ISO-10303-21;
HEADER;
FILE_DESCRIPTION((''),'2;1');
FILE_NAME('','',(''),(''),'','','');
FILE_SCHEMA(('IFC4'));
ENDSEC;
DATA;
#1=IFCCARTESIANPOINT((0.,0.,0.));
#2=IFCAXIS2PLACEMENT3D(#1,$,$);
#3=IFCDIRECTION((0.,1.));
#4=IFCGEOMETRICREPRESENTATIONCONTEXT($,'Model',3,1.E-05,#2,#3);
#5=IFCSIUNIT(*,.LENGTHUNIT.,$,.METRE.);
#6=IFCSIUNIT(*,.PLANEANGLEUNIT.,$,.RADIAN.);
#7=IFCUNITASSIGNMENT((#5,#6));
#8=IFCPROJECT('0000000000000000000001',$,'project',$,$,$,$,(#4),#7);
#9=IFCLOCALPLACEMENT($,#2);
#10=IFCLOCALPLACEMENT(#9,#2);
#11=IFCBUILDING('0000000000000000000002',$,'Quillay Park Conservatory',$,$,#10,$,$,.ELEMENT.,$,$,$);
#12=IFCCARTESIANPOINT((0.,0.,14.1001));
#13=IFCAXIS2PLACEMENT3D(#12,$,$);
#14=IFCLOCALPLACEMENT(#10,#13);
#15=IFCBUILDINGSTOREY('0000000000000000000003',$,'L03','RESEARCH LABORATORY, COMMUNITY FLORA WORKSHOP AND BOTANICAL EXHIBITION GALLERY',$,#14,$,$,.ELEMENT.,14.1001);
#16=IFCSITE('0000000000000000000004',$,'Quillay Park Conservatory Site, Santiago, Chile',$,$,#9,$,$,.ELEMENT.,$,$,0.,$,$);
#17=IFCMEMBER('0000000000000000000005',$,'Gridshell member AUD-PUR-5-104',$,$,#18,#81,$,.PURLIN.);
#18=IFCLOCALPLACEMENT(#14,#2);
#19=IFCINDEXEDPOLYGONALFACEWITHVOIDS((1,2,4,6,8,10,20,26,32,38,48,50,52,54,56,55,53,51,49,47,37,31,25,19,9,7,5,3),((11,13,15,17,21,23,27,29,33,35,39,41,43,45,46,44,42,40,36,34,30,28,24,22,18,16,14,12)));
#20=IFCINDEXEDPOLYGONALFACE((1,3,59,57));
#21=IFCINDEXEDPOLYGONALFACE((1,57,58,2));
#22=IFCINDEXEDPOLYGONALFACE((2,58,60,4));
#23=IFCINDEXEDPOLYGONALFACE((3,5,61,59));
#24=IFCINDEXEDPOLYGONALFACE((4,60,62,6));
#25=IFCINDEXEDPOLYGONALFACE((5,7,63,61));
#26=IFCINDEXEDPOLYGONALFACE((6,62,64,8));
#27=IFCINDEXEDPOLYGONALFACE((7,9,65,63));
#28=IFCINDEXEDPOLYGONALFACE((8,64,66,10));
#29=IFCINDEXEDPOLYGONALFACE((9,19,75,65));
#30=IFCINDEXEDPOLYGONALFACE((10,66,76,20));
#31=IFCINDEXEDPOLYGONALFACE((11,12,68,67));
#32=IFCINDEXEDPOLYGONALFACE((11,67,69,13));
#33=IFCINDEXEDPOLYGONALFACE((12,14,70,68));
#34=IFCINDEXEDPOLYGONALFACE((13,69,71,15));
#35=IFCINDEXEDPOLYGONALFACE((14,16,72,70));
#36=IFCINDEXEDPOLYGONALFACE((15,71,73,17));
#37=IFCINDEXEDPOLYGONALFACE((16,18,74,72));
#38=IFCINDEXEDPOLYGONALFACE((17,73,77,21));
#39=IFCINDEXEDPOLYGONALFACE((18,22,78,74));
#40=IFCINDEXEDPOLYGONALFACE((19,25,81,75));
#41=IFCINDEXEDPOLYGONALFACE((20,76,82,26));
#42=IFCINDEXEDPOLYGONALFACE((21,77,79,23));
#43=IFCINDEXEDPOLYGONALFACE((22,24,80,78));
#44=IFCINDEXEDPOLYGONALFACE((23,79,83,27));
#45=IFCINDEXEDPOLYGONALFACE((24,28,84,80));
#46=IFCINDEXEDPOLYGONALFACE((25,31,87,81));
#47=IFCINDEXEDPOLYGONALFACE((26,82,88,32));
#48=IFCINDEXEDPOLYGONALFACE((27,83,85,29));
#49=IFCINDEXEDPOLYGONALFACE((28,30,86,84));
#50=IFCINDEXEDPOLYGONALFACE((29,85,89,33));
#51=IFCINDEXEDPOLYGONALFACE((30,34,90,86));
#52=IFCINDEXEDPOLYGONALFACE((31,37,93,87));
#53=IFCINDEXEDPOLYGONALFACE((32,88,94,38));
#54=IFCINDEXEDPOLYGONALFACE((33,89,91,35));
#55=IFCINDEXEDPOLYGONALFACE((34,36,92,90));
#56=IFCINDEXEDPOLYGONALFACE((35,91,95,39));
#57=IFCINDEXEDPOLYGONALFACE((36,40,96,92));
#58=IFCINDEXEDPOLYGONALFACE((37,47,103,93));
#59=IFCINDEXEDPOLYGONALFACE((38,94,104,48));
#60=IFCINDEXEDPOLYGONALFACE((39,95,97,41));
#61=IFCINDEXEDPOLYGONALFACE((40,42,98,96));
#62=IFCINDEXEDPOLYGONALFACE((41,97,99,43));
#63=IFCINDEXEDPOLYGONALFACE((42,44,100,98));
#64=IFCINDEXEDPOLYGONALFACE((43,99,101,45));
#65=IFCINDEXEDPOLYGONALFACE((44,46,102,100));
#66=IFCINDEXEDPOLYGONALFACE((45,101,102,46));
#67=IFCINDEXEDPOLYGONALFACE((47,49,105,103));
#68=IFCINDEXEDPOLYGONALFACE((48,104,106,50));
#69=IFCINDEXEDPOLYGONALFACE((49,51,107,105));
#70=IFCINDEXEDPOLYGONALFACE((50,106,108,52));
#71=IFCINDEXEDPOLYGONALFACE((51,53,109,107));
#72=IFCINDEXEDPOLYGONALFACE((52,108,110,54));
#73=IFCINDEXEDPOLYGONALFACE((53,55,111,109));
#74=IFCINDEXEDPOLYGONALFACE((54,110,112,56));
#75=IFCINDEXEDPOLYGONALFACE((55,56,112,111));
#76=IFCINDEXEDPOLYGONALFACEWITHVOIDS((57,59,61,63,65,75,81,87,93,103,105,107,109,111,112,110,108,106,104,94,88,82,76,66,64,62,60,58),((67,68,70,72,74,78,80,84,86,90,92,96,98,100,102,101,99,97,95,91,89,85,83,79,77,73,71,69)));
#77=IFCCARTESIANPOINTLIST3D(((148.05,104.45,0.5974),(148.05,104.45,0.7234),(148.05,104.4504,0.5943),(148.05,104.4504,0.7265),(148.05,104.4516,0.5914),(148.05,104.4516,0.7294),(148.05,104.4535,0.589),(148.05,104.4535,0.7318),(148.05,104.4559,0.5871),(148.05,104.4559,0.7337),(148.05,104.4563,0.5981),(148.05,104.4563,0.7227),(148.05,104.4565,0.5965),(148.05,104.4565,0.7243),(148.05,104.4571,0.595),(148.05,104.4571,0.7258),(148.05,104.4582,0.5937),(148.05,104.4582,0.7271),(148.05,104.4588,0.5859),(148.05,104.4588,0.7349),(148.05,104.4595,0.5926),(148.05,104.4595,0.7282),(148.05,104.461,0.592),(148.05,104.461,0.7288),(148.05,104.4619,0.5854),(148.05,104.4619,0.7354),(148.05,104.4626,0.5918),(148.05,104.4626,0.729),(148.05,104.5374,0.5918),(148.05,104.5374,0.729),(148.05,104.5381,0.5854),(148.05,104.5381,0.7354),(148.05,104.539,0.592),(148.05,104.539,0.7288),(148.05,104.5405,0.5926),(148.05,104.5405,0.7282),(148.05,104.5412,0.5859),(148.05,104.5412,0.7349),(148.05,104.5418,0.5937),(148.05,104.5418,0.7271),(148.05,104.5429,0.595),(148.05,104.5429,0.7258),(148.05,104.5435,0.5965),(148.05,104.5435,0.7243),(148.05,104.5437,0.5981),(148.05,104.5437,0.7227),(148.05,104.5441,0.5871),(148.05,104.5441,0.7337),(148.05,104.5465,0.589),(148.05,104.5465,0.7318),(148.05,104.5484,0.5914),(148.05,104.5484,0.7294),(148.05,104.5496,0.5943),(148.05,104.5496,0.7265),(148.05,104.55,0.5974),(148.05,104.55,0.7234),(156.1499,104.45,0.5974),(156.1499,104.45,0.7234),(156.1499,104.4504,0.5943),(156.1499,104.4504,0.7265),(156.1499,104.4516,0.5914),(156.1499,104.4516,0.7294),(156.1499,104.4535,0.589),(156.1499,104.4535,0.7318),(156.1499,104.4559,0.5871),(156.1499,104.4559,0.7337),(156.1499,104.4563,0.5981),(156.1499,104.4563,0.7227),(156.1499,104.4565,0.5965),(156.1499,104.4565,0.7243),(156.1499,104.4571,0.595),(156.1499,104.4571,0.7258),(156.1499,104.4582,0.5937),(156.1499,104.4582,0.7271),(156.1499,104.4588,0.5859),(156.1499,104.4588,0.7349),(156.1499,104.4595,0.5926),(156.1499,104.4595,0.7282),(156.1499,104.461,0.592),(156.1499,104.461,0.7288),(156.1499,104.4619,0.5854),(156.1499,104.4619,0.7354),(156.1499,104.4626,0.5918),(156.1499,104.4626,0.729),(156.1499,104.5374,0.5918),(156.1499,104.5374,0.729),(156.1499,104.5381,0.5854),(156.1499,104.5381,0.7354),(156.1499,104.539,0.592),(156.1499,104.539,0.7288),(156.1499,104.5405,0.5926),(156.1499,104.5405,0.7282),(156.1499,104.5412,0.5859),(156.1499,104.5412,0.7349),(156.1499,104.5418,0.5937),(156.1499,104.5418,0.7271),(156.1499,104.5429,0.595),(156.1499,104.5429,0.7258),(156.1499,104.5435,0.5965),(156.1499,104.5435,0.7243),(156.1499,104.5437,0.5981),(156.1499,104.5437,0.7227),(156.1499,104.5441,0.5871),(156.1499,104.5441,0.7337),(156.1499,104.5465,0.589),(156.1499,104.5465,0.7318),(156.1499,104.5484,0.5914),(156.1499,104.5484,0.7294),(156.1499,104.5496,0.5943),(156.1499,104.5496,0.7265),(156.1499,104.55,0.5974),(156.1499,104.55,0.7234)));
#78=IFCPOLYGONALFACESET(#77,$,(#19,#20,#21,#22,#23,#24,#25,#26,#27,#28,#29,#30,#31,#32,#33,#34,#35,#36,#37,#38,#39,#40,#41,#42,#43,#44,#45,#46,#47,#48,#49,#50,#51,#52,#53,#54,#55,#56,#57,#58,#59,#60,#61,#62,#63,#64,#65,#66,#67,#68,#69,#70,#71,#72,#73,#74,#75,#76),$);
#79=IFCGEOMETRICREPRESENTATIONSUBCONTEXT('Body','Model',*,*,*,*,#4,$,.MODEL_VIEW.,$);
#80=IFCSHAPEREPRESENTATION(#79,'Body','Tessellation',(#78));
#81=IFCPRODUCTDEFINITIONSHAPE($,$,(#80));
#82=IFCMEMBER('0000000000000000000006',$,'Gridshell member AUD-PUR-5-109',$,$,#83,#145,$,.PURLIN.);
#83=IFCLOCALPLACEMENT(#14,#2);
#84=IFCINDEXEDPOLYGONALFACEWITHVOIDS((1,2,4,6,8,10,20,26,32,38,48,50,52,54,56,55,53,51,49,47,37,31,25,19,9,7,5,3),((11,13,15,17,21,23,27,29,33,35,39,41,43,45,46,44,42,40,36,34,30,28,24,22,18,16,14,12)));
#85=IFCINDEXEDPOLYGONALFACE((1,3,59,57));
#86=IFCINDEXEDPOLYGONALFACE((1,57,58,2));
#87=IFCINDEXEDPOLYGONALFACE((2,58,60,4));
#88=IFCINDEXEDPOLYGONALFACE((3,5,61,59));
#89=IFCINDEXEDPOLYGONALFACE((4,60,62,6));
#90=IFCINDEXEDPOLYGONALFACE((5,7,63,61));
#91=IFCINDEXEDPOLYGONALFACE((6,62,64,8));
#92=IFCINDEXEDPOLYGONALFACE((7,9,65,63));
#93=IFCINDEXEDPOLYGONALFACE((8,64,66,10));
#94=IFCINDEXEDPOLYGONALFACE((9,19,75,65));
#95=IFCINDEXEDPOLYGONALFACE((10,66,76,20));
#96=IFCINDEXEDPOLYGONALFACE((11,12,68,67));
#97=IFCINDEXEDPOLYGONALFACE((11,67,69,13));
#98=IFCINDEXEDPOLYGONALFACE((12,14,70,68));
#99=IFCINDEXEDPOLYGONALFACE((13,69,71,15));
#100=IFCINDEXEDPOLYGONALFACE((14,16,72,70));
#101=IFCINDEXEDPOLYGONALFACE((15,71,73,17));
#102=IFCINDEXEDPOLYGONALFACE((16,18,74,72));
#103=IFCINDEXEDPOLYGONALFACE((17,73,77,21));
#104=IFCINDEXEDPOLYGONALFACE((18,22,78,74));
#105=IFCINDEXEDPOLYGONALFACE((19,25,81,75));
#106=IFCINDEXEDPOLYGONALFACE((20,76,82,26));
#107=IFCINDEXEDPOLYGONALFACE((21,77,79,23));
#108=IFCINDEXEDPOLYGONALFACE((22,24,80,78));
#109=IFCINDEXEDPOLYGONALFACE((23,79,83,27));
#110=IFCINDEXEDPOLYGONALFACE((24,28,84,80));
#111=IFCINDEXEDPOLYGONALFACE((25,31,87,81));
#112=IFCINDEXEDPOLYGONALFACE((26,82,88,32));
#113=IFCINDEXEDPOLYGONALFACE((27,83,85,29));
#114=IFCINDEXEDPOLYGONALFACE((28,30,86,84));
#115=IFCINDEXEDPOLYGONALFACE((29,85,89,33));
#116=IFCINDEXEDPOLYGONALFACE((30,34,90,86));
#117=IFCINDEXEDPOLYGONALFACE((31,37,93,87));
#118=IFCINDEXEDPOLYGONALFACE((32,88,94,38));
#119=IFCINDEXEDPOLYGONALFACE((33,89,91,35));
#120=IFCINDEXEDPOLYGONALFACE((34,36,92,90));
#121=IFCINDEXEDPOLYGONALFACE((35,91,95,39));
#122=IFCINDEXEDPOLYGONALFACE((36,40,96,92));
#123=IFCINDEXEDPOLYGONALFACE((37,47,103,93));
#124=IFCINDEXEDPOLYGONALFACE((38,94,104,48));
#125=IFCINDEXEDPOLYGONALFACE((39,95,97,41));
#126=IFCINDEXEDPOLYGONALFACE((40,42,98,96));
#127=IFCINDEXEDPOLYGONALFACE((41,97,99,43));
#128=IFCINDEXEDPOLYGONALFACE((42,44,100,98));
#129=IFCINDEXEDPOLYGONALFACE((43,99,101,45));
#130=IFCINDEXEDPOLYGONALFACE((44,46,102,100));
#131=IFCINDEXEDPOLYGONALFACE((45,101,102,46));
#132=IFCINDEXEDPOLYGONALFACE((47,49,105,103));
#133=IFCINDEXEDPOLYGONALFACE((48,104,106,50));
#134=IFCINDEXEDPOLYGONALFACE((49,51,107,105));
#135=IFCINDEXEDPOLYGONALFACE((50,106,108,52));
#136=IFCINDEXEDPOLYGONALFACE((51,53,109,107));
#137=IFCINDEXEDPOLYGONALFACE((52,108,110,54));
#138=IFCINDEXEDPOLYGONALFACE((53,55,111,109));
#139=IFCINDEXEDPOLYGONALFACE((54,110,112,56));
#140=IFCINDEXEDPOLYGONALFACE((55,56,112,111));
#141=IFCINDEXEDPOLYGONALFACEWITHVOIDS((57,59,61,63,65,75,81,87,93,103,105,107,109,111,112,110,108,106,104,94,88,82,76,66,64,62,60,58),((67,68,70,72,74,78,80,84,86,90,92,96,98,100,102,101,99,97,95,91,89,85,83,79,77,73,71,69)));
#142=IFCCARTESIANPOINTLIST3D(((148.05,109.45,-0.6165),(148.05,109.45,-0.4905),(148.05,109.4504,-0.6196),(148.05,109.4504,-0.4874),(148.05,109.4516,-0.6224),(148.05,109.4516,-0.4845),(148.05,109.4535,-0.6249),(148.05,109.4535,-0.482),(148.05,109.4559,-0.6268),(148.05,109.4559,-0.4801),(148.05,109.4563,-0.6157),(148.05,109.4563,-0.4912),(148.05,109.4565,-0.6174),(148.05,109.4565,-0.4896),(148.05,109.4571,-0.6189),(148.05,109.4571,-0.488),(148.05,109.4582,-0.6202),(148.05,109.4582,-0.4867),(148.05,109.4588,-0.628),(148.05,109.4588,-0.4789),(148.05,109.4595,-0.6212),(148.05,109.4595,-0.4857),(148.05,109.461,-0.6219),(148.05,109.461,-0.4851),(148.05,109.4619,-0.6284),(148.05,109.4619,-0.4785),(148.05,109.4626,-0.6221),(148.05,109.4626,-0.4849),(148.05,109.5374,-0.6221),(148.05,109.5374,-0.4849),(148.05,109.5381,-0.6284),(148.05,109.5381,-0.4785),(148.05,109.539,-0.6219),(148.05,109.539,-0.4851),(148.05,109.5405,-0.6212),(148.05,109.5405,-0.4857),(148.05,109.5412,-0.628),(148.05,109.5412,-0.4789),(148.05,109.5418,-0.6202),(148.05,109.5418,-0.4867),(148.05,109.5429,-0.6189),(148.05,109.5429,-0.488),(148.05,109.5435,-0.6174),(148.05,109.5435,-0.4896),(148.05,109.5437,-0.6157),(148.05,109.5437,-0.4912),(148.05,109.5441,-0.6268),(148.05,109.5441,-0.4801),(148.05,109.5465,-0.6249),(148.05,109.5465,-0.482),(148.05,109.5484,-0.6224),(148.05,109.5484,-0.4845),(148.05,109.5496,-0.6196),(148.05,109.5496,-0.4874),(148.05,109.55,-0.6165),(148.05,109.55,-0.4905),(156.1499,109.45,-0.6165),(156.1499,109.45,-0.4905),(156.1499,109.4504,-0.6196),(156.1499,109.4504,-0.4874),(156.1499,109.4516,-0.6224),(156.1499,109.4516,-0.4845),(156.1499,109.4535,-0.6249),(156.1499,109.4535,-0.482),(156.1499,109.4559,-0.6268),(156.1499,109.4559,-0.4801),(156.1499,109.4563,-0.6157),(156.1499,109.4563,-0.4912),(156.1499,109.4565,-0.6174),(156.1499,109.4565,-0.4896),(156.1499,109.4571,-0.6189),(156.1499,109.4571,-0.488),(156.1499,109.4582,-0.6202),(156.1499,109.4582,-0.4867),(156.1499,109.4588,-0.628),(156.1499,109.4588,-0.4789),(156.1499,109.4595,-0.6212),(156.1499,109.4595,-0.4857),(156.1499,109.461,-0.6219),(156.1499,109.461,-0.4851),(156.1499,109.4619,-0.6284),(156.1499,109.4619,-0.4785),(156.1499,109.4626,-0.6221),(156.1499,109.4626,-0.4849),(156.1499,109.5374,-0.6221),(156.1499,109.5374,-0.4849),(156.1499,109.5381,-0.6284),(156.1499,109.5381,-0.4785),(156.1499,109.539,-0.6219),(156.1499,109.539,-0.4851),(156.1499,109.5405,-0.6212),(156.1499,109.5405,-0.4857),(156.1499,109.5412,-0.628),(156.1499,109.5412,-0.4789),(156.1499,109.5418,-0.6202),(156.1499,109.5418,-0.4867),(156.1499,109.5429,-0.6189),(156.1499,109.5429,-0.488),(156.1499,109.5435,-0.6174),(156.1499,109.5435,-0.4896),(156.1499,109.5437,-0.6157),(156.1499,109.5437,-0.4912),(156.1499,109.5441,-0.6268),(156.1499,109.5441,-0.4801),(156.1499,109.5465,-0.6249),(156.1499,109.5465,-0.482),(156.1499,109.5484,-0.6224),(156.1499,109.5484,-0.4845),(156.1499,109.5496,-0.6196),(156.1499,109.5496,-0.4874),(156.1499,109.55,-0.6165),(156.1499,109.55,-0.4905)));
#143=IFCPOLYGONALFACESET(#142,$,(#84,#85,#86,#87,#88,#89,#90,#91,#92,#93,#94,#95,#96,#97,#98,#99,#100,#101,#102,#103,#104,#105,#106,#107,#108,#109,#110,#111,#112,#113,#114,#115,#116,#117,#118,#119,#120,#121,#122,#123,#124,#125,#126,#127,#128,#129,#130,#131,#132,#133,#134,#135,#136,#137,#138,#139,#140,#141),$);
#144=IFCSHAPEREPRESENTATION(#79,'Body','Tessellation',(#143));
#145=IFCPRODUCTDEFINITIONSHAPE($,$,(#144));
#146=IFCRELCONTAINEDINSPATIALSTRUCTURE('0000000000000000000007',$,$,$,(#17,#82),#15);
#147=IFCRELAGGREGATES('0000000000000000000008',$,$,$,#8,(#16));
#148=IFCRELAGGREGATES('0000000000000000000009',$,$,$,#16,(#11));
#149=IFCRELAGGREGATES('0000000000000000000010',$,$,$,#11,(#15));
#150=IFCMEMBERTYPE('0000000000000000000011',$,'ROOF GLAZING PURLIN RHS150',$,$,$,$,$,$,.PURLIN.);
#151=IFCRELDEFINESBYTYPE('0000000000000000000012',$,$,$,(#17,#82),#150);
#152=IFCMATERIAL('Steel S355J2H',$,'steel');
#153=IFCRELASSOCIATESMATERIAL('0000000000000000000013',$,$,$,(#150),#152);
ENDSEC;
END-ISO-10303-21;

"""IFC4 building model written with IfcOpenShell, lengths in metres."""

from ifc_helpers import new_model, si_unit, direction, frame, origin, origin_2d, place, context, subcontext, project, spatial, hollow_rectangle, extrude, material, material_profile, profile_set, type_object, element, save


model = new_model("IFC4")

# Units and contexts
model_context = context("Model", 3, precision=1e-05, world=origin(), true_north=direction((0.0, 1.0)))
body_context = subcontext(model_context, "Body", "Model", "MODEL_VIEW")
ifc_project = project(units=[si_unit("LENGTHUNIT", "METRE"), si_unit("PLANEANGLEUNIT", "RADIAN")], contexts=[model_context])

# Site, building, storey
site_placement = place(None, origin())
site = spatial("IfcSite", under=ifc_project, at=site_placement, Name="Quillay Park Conservatory Site, Santiago, Chile", CompositionType="ELEMENT", RefElevation=0.0)
building_placement = place(site_placement, origin())
building = spatial("IfcBuilding", under=site, at=building_placement, Name="Quillay Park Conservatory", CompositionType="ELEMENT")
storey_placement = place(building_placement, frame((0.0, 0.0, 14.1001)))
storey = spatial("IfcBuildingStorey", under=building, at=storey_placement, Name="L03", Description="RESEARCH LABORATORY, COMMUNITY FLORA WORKSHOP AND BOTANICAL EXHIBITION GALLERY", CompositionType="ELEMENT", Elevation=14.1001)

# Members
ifc_material_1 = material(Name="Steel S355J2H", Category="steel")
ifc_material_profile_1 = material_profile(ifc_material_1, hollow_rectangle(XDim=0.1001, YDim=0.1499, WallThickness=0.0063, InnerFilletRadius=0.0063, OuterFilletRadius=0.012, at=origin_2d()), Name="RHS150x100x6.3")
ifc_profile_set_1 = profile_set([ifc_material_profile_1], Name="Steel S355J2H")
member_type_1 = type_object("IfcMemberType", Name="ROOF GLAZING PURLIN RHS150", PredefinedType="PURLIN", material=ifc_profile_set_1)
for number, where, z_axis, x_axis, name in (
    (1, (148.05, 104.5, 0.6604), (1.0, 0.0, 0.0), (0.0, 1.0, 0.0), "Gridshell member AUD-PUR-5-104"),
    (2, (148.05, 109.5, -0.5535), (1.0, 0.0, 0.0), (0.0, 1.0, 0.0), "Gridshell member AUD-PUR-5-109"),
):
    element("IfcMember", number, at=place(storey_placement, frame(where, z_axis=z_axis, x_axis=x_axis)), inside=storey, type_object=member_type_1, Name=name, PredefinedType="PURLIN", context=body_context, shape_type="SweptSolid", body=[
        extrude(hollow_rectangle(XDim=0.1001, YDim=0.1499, WallThickness=0.0063, InnerFilletRadius=0.0063, OuterFilletRadius=0.012, at=origin_2d()), origin(), (0.0, 0.0, 1.0), 8.0999),
    ])

save(model, "model.ifc")
